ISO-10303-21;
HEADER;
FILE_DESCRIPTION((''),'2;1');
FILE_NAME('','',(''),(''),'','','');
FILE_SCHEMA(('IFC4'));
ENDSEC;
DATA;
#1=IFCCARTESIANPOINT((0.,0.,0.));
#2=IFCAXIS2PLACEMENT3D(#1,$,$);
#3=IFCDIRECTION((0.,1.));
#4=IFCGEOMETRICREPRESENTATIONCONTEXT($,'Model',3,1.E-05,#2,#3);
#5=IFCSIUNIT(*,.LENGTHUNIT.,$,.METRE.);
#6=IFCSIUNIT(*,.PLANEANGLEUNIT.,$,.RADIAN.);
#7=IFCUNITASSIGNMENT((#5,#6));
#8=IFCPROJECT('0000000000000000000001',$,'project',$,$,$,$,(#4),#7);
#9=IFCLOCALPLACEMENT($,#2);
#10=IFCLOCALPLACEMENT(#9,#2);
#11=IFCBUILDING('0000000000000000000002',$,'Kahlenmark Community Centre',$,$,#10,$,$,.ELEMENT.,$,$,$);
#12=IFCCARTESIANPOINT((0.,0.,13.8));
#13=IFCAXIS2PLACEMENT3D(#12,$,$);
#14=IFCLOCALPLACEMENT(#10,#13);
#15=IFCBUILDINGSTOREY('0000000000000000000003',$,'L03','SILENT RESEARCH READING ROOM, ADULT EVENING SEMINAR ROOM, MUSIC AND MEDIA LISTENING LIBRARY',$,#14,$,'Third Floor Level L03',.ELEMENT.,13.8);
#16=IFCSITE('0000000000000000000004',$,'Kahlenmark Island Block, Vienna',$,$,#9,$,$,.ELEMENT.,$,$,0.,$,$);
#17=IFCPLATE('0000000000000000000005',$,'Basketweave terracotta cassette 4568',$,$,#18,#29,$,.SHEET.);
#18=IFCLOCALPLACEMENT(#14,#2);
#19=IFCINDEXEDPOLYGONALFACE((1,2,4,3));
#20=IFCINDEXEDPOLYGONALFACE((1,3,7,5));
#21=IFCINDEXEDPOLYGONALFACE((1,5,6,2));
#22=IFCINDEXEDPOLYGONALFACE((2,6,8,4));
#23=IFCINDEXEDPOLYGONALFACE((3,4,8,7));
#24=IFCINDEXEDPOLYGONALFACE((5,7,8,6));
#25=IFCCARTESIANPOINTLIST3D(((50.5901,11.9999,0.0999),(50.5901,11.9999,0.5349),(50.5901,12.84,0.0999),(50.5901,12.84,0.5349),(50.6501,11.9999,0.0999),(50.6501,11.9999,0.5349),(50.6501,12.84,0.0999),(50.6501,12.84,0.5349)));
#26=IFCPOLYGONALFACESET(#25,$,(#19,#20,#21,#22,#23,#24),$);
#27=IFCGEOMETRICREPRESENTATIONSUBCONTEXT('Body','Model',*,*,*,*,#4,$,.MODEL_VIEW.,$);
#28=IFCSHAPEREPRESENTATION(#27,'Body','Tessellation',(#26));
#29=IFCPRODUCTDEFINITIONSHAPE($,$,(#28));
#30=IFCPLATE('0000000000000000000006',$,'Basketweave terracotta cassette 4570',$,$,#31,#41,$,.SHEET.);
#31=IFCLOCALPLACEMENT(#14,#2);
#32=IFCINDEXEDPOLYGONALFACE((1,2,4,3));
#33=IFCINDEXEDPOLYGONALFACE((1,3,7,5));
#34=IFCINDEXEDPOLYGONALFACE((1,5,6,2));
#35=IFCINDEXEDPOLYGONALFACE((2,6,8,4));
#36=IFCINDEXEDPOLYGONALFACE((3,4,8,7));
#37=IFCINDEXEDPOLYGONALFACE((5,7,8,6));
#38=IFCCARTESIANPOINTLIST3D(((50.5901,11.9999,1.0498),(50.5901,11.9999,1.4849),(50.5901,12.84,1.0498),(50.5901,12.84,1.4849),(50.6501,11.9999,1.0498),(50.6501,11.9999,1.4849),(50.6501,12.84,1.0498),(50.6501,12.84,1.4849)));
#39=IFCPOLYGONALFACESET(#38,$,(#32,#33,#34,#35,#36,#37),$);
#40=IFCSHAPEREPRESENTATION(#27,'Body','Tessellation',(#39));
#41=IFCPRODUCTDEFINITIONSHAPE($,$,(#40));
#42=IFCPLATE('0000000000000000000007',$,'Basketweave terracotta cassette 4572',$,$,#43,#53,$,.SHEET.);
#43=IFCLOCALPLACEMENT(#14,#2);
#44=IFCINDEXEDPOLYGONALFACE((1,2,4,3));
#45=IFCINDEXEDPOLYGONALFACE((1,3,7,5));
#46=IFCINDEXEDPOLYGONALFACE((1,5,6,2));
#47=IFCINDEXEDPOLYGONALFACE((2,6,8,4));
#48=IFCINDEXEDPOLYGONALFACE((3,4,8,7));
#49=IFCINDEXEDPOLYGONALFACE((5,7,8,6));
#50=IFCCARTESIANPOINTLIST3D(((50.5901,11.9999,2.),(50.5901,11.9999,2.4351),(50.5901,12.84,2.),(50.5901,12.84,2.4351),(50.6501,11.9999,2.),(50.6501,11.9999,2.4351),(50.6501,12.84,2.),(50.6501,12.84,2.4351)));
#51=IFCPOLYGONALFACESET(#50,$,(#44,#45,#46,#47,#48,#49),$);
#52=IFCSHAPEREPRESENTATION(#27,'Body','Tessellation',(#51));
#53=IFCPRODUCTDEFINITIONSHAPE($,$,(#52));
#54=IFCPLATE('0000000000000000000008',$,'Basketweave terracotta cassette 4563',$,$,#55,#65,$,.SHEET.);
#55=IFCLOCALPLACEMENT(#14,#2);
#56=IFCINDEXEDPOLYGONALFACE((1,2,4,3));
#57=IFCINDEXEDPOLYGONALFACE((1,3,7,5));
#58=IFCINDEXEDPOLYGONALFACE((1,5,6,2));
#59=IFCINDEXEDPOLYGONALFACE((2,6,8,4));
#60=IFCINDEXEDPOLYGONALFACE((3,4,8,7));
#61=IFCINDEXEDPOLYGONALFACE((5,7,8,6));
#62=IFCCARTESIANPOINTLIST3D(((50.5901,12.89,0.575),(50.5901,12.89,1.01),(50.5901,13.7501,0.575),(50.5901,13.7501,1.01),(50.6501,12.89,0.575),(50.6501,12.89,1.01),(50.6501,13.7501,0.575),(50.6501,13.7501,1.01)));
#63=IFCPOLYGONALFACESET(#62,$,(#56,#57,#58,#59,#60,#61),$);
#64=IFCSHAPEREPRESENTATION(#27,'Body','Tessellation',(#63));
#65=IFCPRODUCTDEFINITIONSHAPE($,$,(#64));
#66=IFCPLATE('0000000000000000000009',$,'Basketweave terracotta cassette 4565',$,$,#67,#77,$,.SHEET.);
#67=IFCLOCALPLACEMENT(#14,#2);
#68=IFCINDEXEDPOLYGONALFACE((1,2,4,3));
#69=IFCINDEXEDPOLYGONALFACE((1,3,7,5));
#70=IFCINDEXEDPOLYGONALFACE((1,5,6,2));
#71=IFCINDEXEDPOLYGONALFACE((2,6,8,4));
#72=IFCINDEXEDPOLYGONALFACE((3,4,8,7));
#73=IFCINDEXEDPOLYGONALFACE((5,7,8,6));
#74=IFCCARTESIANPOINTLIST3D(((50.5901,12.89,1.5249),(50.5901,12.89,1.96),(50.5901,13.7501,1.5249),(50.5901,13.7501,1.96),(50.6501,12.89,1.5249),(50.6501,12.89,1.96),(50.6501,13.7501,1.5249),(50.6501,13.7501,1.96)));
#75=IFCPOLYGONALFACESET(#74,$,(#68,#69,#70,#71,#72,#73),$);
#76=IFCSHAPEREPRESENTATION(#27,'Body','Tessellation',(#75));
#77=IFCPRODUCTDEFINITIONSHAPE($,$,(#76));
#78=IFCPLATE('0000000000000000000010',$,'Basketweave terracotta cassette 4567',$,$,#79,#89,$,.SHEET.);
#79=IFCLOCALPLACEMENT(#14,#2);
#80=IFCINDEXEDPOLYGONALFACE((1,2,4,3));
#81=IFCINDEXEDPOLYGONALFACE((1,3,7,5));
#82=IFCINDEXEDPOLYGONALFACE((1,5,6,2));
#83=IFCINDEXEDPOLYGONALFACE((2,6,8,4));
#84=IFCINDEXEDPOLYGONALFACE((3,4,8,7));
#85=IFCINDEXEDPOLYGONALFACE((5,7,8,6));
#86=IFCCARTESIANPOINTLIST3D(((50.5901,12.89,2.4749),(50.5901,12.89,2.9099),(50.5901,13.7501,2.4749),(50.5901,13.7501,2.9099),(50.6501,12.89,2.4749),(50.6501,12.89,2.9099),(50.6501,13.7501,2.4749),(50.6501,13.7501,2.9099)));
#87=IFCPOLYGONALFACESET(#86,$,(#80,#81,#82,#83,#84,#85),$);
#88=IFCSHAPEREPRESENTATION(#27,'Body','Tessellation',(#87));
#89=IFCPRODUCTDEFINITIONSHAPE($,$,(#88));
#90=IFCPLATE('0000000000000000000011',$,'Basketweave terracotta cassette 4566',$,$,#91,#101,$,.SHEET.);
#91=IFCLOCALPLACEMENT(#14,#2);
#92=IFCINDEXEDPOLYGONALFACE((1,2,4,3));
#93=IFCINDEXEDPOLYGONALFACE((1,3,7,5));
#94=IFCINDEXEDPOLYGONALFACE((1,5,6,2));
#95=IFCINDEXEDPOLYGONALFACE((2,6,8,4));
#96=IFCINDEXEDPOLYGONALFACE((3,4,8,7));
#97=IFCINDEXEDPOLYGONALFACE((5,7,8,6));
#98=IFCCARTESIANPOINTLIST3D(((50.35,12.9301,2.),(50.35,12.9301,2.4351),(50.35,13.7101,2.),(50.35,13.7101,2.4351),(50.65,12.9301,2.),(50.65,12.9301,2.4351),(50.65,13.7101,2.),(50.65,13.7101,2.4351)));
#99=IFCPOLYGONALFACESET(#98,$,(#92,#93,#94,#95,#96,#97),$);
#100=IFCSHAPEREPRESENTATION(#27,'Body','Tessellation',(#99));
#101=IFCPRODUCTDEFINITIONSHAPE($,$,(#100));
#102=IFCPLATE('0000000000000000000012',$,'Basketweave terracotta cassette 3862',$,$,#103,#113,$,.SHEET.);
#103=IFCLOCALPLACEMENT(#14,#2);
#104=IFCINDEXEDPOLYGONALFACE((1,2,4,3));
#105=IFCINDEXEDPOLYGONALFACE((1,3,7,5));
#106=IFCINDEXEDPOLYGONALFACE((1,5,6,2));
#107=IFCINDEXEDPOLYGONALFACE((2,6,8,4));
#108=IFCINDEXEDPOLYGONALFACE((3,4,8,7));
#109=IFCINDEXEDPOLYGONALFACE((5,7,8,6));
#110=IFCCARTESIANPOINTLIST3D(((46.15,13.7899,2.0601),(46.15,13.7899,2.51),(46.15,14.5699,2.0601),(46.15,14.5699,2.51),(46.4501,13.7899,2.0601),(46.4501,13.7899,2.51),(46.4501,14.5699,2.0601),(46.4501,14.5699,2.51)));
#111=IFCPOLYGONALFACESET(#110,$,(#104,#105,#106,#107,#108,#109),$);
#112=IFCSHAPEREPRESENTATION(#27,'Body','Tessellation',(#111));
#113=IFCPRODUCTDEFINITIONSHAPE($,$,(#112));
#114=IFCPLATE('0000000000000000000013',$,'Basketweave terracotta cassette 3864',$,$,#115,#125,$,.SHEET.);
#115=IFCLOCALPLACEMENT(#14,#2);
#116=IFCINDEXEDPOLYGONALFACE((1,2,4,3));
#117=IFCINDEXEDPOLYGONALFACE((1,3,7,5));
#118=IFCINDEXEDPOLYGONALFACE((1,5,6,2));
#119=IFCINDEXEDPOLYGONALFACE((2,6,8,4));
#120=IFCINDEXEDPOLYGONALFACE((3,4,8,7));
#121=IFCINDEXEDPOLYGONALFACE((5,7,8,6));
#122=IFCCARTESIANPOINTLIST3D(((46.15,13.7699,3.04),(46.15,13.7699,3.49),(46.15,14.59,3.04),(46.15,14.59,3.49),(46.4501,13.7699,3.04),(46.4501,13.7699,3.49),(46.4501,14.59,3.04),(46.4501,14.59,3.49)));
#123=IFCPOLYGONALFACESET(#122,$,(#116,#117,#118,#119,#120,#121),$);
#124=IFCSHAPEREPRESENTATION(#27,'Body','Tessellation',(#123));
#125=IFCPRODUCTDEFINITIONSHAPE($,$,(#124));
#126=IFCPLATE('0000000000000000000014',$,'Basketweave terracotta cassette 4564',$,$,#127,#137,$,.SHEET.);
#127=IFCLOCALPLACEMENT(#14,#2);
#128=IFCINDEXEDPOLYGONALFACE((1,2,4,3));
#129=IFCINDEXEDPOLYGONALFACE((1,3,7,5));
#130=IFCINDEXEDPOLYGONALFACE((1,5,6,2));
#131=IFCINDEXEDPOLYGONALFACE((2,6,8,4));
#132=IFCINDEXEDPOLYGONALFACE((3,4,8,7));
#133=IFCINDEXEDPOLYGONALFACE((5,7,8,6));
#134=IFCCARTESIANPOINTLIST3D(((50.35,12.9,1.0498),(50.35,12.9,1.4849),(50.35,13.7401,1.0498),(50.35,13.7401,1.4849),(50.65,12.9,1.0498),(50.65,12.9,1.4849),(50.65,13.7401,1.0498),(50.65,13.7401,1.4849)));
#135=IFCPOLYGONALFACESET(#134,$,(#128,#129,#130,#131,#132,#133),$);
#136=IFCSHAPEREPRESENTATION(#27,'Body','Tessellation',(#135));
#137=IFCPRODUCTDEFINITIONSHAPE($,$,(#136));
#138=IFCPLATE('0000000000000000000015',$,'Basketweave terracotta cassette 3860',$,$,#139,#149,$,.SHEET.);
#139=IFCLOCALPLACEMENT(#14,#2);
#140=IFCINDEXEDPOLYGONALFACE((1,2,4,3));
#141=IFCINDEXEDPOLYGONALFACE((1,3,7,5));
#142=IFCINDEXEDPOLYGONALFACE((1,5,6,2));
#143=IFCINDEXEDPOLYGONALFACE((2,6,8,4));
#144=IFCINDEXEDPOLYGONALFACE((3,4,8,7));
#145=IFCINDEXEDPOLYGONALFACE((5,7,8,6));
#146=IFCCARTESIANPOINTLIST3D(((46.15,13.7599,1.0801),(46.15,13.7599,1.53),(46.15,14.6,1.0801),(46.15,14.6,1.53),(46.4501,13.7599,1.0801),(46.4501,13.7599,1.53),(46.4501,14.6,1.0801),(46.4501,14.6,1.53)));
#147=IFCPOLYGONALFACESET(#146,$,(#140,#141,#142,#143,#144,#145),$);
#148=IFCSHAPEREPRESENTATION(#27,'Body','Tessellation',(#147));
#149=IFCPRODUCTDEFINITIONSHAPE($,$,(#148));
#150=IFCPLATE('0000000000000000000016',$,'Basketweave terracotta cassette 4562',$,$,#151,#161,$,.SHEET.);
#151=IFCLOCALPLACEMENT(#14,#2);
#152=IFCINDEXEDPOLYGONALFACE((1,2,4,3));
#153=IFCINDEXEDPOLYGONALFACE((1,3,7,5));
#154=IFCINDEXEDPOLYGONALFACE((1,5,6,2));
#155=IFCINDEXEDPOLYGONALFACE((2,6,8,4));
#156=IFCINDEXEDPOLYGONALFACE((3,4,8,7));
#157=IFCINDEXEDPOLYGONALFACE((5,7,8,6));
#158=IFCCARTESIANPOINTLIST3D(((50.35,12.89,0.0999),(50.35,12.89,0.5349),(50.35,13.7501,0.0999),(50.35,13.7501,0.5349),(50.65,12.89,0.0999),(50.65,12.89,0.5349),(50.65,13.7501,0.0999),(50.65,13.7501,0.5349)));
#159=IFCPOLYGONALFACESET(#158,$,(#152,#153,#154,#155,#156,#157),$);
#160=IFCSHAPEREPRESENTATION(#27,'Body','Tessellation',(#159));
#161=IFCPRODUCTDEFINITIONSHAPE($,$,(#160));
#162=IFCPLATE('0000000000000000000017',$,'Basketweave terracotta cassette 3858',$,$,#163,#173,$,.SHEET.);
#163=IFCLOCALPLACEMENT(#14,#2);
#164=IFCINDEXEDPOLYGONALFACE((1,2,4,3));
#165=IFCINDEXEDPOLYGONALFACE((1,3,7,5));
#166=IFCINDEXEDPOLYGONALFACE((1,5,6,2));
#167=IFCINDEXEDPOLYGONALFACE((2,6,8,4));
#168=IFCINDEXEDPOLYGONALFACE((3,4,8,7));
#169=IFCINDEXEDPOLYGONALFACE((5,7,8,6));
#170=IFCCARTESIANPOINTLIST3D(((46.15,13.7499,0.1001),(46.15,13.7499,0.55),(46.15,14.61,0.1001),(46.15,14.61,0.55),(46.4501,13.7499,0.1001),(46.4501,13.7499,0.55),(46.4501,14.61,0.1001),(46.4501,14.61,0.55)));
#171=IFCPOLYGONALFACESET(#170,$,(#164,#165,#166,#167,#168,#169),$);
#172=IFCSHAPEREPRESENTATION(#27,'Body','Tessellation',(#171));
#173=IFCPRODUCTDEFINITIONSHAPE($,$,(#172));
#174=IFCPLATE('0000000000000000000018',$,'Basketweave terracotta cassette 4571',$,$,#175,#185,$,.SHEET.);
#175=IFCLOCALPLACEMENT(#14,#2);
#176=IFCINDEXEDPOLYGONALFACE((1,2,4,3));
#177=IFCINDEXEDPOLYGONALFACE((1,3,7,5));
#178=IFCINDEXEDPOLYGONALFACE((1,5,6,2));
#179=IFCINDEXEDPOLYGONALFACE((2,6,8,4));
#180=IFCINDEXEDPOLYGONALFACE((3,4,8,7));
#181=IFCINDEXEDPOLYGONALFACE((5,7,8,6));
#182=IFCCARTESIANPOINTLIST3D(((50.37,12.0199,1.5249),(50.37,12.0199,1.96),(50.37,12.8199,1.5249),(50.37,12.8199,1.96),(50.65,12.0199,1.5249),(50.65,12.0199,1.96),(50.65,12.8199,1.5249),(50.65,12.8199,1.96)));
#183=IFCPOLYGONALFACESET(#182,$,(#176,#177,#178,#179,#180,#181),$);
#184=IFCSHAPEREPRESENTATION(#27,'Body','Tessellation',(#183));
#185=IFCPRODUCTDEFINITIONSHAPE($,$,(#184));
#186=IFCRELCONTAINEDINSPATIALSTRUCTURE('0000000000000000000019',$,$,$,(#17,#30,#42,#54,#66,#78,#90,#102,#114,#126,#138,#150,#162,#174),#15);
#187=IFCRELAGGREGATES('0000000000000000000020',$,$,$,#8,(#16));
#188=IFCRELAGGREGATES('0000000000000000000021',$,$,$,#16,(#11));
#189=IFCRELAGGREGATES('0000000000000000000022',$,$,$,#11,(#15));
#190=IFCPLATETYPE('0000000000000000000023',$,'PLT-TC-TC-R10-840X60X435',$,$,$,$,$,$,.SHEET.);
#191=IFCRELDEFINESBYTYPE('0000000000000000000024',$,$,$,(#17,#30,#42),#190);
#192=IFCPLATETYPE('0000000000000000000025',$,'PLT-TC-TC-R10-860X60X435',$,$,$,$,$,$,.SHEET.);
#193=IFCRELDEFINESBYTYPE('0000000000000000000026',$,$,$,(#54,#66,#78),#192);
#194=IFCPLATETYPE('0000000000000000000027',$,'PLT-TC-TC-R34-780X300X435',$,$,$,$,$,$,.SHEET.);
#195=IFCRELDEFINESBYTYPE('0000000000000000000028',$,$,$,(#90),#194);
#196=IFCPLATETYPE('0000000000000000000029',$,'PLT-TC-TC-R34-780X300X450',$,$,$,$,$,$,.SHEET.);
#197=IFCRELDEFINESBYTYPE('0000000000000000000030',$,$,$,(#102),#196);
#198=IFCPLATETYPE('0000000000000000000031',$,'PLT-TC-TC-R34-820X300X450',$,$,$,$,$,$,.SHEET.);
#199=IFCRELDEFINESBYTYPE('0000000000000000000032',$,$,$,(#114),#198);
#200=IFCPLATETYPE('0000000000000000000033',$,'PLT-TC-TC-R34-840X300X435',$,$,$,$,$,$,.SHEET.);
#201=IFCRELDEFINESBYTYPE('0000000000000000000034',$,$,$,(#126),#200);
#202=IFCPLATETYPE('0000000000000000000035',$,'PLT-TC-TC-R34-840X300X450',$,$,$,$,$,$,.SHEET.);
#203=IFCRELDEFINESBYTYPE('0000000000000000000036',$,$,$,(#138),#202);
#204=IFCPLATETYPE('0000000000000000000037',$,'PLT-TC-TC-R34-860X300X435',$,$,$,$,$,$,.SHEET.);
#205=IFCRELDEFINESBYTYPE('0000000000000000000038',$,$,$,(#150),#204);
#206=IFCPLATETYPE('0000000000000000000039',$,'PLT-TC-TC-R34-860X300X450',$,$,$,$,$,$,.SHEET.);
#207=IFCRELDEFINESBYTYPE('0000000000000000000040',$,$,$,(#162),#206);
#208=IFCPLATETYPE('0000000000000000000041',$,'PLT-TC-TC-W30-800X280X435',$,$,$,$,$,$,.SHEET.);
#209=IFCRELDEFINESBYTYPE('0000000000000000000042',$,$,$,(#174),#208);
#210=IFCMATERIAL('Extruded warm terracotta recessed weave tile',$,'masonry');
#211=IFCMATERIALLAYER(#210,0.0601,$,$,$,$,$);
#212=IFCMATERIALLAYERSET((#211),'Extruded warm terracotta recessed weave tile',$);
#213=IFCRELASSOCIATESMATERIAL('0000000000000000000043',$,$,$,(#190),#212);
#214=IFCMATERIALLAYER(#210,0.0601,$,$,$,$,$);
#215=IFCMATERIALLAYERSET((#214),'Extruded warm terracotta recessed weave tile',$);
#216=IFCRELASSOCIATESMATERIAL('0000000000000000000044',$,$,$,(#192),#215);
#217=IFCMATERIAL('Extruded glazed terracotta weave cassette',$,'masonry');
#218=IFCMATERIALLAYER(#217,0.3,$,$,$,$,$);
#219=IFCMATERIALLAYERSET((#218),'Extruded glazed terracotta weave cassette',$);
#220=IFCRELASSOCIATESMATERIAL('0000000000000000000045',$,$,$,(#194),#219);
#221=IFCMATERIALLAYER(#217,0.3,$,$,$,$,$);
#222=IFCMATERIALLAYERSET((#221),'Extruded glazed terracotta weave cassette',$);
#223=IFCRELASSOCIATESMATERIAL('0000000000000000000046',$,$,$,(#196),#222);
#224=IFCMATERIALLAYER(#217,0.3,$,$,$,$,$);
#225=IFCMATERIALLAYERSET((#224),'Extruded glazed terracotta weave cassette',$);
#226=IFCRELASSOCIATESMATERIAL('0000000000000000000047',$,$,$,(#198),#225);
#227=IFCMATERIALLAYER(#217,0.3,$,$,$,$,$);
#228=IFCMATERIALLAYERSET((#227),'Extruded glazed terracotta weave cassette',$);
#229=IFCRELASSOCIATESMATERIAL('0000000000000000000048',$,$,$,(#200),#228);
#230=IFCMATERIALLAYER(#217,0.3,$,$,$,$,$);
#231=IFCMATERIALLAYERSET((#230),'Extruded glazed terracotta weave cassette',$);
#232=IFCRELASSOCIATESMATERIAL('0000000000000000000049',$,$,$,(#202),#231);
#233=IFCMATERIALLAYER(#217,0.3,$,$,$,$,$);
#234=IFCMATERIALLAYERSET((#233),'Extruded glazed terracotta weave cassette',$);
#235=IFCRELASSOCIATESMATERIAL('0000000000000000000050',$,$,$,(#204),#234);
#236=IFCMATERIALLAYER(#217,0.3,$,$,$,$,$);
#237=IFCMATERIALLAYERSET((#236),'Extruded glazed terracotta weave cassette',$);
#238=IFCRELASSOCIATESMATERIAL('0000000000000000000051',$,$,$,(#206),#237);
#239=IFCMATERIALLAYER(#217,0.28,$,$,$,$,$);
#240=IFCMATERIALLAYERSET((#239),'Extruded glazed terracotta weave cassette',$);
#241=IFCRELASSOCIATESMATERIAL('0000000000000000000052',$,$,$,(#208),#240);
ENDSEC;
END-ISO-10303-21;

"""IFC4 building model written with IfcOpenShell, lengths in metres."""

from ifc_helpers import new_model, si_unit, direction, frame, origin, origin_2d, place, context, subcontext, project, spatial, rectangle, extrude, material, layer, layer_set, type_object, element, save


model = new_model("IFC4")

# Units and contexts
model_context = context("Model", 3, precision=1e-05, world=origin(), true_north=direction((0.0, 1.0)))
body_context = subcontext(model_context, "Body", "Model", "MODEL_VIEW")
ifc_project = project(units=[si_unit("LENGTHUNIT", "METRE"), si_unit("PLANEANGLEUNIT", "RADIAN")], contexts=[model_context])

# Site, building, storey
site_placement = place(None, origin())
site = spatial("IfcSite", under=ifc_project, at=site_placement, Name="Kahlenmark Island Block, Vienna", CompositionType="ELEMENT", RefElevation=0.0)
building_placement = place(site_placement, origin())
building = spatial("IfcBuilding", under=site, at=building_placement, Name="Kahlenmark Community Centre", CompositionType="ELEMENT")
storey_placement = place(building_placement, frame((0.0, 0.0, 13.8)))
storey = spatial("IfcBuildingStorey", under=building, at=storey_placement, Name="L03", Description="SILENT RESEARCH READING ROOM, ADULT EVENING SEMINAR ROOM, MUSIC AND MEDIA LISTENING LIBRARY", LongName="Third Floor Level L03", CompositionType="ELEMENT", Elevation=13.8)

# Plates
ifc_material_1 = material(Name="Extruded warm terracotta recessed weave tile", Category="masonry")
ifc_layer_1 = layer(ifc_material_1, 0.0601)
ifc_layer_set_1 = layer_set([ifc_layer_1], Name="Extruded warm terracotta recessed weave tile")
plate_type_1 = type_object("IfcPlateType", Name="PLT-TC-TC-R10-840X60X435", PredefinedType="SHEET", material=ifc_layer_set_1)
for number, where, z_axis, x_axis, name in (
    (1, (50.6201, 12.4199, 0.0999), (0.0, 0.0, 1.0), (0.0, -1.0, 0.0), "Basketweave terracotta cassette 4568"),
    (2, (50.6201, 12.4199, 1.0498), (0.0, 0.0, 1.0), (0.0, -1.0, 0.0), "Basketweave terracotta cassette 4570"),
    (3, (50.6201, 12.4199, 2.0), (0.0, 0.0, 1.0), (0.0, -1.0, 0.0), "Basketweave terracotta cassette 4572"),
):
    element("IfcPlate", number, at=place(storey_placement, frame(where, z_axis=z_axis, x_axis=x_axis)), inside=storey, type_object=plate_type_1, Name=name, PredefinedType="SHEET", context=body_context, shape_type="SweptSolid", body=[
        extrude(rectangle(XDim=0.8401, YDim=0.0601, at=origin_2d()), origin(), (0.0, 0.0, 1.0), 0.4351),
    ])
ifc_layer_2 = layer(ifc_material_1, 0.0601)
ifc_layer_set_2 = layer_set([ifc_layer_2], Name="Extruded warm terracotta recessed weave tile")
plate_type_2 = type_object("IfcPlateType", Name="PLT-TC-TC-R10-860X60X435", PredefinedType="SHEET", material=ifc_layer_set_2)
for number, where, z_axis, x_axis, name in (
    (4, (50.6201, 13.3201, 0.575), (0.0, 0.0, 1.0), (0.0, -1.0, 0.0), "Basketweave terracotta cassette 4563"),
    (5, (50.6201, 13.3201, 1.5249), (0.0, 0.0, 1.0), (0.0, -1.0, 0.0), "Basketweave terracotta cassette 4565"),
    (6, (50.6201, 13.3201, 2.4749), (0.0, 0.0, 1.0), (0.0, -1.0, 0.0), "Basketweave terracotta cassette 4567"),
):
    element("IfcPlate", number, at=place(storey_placement, frame(where, z_axis=z_axis, x_axis=x_axis)), inside=storey, type_object=plate_type_2, Name=name, PredefinedType="SHEET", context=body_context, shape_type="SweptSolid", body=[
        extrude(rectangle(XDim=0.8601, YDim=0.0601, at=origin_2d()), origin(), (0.0, 0.0, 1.0), 0.4351),
    ])
ifc_material_2 = material(Name="Extruded glazed terracotta weave cassette", Category="masonry")
ifc_layer_3 = layer(ifc_material_2, 0.3)
ifc_layer_set_3 = layer_set([ifc_layer_3], Name="Extruded glazed terracotta weave cassette")
plate_type_3 = type_object("IfcPlateType", Name="PLT-TC-TC-R34-780X300X435", PredefinedType="SHEET", material=ifc_layer_set_3)
plate_1_placement = place(storey_placement, frame((50.5, 13.3201, 2.0), z_axis=(0.0, 0.0, 1.0), x_axis=(0.0, -1.0, 0.0)))
element("IfcPlate", 7, at=plate_1_placement, inside=storey, type_object=plate_type_3, Name="Basketweave terracotta cassette 4566", PredefinedType="SHEET", context=body_context, shape_type="SweptSolid", body=[
    extrude(rectangle(XDim=0.78, YDim=0.3, at=origin_2d()), origin(), (0.0, 0.0, 1.0), 0.4351),
])
ifc_layer_4 = layer(ifc_material_2, 0.3)
ifc_layer_set_4 = layer_set([ifc_layer_4], Name="Extruded glazed terracotta weave cassette")
plate_type_4 = type_object("IfcPlateType", Name="PLT-TC-TC-R34-780X300X450", PredefinedType="SHEET", material=ifc_layer_set_4)
plate_2_placement = place(storey_placement, frame((46.3, 14.1799, 2.0601), z_axis=(0.0, 0.0, 1.0), x_axis=(0.0, 1.0, 0.0)))
element("IfcPlate", 8, at=plate_2_placement, inside=storey, type_object=plate_type_4, Name="Basketweave terracotta cassette 3862", PredefinedType="SHEET", context=body_context, shape_type="SweptSolid", body=[
    extrude(rectangle(XDim=0.78, YDim=0.3, at=origin_2d()), origin(), (0.0, 0.0, 1.0), 0.45),
])
ifc_layer_5 = layer(ifc_material_2, 0.3)
ifc_layer_set_5 = layer_set([ifc_layer_5], Name="Extruded glazed terracotta weave cassette")
plate_type_5 = type_object("IfcPlateType", Name="PLT-TC-TC-R34-820X300X450", PredefinedType="SHEET", material=ifc_layer_set_5)
plate_3_placement = place(storey_placement, frame((46.3, 14.1799, 3.04), z_axis=(0.0, 0.0, 1.0), x_axis=(0.0, 1.0, 0.0)))
element("IfcPlate", 9, at=plate_3_placement, inside=storey, type_object=plate_type_5, Name="Basketweave terracotta cassette 3864", PredefinedType="SHEET", context=body_context, shape_type="SweptSolid", body=[
    extrude(rectangle(XDim=0.8201, YDim=0.3, at=origin_2d()), origin(), (0.0, 0.0, 1.0), 0.45),
])
ifc_layer_6 = layer(ifc_material_2, 0.3)
ifc_layer_set_6 = layer_set([ifc_layer_6], Name="Extruded glazed terracotta weave cassette")
plate_type_6 = type_object("IfcPlateType", Name="PLT-TC-TC-R34-840X300X435", PredefinedType="SHEET", material=ifc_layer_set_6)
plate_4_placement = place(storey_placement, frame((50.5, 13.3201, 1.0498), z_axis=(0.0, 0.0, 1.0), x_axis=(0.0, -1.0, 0.0)))
element("IfcPlate", 10, at=plate_4_placement, inside=storey, type_object=plate_type_6, Name="Basketweave terracotta cassette 4564", PredefinedType="SHEET", context=body_context, shape_type="SweptSolid", body=[
    extrude(rectangle(XDim=0.8401, YDim=0.3, at=origin_2d()), origin(), (0.0, 0.0, 1.0), 0.4351),
])
ifc_layer_7 = layer(ifc_material_2, 0.3)
ifc_layer_set_7 = layer_set([ifc_layer_7], Name="Extruded glazed terracotta weave cassette")
plate_type_7 = type_object("IfcPlateType", Name="PLT-TC-TC-R34-840X300X450", PredefinedType="SHEET", material=ifc_layer_set_7)
plate_5_placement = place(storey_placement, frame((46.3, 14.1799, 1.0801), z_axis=(0.0, 0.0, 1.0), x_axis=(0.0, 1.0, 0.0)))
element("IfcPlate", 11, at=plate_5_placement, inside=storey, type_object=plate_type_7, Name="Basketweave terracotta cassette 3860", PredefinedType="SHEET", context=body_context, shape_type="SweptSolid", body=[
    extrude(rectangle(XDim=0.8401, YDim=0.3, at=origin_2d()), origin(), (0.0, 0.0, 1.0), 0.45),
])
ifc_layer_8 = layer(ifc_material_2, 0.3)
ifc_layer_set_8 = layer_set([ifc_layer_8], Name="Extruded glazed terracotta weave cassette")
plate_type_8 = type_object("IfcPlateType", Name="PLT-TC-TC-R34-860X300X435", PredefinedType="SHEET", material=ifc_layer_set_8)
plate_6_placement = place(storey_placement, frame((50.5, 13.3201, 0.0999), z_axis=(0.0, 0.0, 1.0), x_axis=(0.0, -1.0, 0.0)))
element("IfcPlate", 12, at=plate_6_placement, inside=storey, type_object=plate_type_8, Name="Basketweave terracotta cassette 4562", PredefinedType="SHEET", context=body_context, shape_type="SweptSolid", body=[
    extrude(rectangle(XDim=0.8601, YDim=0.3, at=origin_2d()), origin(), (0.0, 0.0, 1.0), 0.4351),
])
ifc_layer_9 = layer(ifc_material_2, 0.3)
ifc_layer_set_9 = layer_set([ifc_layer_9], Name="Extruded glazed terracotta weave cassette")
plate_type_9 = type_object("IfcPlateType", Name="PLT-TC-TC-R34-860X300X450", PredefinedType="SHEET", material=ifc_layer_set_9)
plate_7_placement = place(storey_placement, frame((46.3, 14.1799, 0.1001), z_axis=(0.0, 0.0, 1.0), x_axis=(0.0, 1.0, 0.0)))
element("IfcPlate", 13, at=plate_7_placement, inside=storey, type_object=plate_type_9, Name="Basketweave terracotta cassette 3858", PredefinedType="SHEET", context=body_context, shape_type="SweptSolid", body=[
    extrude(rectangle(XDim=0.8601, YDim=0.3, at=origin_2d()), origin(), (0.0, 0.0, 1.0), 0.45),
])
ifc_layer_10 = layer(ifc_material_2, 0.28)
ifc_layer_set_10 = layer_set([ifc_layer_10], Name="Extruded glazed terracotta weave cassette")
plate_type_10 = type_object("IfcPlateType", Name="PLT-TC-TC-W30-800X280X435", PredefinedType="SHEET", material=ifc_layer_set_10)
plate_8_placement = place(storey_placement, frame((50.51, 12.4199, 1.5249), z_axis=(0.0, 0.0, 1.0), x_axis=(0.0, -1.0, 0.0)))
element("IfcPlate", 14, at=plate_8_placement, inside=storey, type_object=plate_type_10, Name="Basketweave terracotta cassette 4571", PredefinedType="SHEET", context=body_context, shape_type="SweptSolid", body=[
    extrude(rectangle(XDim=0.8, YDim=0.28, at=origin_2d()), origin(), (0.0, 0.0, 1.0), 0.4351),
])

save(model, "model.ifc")
